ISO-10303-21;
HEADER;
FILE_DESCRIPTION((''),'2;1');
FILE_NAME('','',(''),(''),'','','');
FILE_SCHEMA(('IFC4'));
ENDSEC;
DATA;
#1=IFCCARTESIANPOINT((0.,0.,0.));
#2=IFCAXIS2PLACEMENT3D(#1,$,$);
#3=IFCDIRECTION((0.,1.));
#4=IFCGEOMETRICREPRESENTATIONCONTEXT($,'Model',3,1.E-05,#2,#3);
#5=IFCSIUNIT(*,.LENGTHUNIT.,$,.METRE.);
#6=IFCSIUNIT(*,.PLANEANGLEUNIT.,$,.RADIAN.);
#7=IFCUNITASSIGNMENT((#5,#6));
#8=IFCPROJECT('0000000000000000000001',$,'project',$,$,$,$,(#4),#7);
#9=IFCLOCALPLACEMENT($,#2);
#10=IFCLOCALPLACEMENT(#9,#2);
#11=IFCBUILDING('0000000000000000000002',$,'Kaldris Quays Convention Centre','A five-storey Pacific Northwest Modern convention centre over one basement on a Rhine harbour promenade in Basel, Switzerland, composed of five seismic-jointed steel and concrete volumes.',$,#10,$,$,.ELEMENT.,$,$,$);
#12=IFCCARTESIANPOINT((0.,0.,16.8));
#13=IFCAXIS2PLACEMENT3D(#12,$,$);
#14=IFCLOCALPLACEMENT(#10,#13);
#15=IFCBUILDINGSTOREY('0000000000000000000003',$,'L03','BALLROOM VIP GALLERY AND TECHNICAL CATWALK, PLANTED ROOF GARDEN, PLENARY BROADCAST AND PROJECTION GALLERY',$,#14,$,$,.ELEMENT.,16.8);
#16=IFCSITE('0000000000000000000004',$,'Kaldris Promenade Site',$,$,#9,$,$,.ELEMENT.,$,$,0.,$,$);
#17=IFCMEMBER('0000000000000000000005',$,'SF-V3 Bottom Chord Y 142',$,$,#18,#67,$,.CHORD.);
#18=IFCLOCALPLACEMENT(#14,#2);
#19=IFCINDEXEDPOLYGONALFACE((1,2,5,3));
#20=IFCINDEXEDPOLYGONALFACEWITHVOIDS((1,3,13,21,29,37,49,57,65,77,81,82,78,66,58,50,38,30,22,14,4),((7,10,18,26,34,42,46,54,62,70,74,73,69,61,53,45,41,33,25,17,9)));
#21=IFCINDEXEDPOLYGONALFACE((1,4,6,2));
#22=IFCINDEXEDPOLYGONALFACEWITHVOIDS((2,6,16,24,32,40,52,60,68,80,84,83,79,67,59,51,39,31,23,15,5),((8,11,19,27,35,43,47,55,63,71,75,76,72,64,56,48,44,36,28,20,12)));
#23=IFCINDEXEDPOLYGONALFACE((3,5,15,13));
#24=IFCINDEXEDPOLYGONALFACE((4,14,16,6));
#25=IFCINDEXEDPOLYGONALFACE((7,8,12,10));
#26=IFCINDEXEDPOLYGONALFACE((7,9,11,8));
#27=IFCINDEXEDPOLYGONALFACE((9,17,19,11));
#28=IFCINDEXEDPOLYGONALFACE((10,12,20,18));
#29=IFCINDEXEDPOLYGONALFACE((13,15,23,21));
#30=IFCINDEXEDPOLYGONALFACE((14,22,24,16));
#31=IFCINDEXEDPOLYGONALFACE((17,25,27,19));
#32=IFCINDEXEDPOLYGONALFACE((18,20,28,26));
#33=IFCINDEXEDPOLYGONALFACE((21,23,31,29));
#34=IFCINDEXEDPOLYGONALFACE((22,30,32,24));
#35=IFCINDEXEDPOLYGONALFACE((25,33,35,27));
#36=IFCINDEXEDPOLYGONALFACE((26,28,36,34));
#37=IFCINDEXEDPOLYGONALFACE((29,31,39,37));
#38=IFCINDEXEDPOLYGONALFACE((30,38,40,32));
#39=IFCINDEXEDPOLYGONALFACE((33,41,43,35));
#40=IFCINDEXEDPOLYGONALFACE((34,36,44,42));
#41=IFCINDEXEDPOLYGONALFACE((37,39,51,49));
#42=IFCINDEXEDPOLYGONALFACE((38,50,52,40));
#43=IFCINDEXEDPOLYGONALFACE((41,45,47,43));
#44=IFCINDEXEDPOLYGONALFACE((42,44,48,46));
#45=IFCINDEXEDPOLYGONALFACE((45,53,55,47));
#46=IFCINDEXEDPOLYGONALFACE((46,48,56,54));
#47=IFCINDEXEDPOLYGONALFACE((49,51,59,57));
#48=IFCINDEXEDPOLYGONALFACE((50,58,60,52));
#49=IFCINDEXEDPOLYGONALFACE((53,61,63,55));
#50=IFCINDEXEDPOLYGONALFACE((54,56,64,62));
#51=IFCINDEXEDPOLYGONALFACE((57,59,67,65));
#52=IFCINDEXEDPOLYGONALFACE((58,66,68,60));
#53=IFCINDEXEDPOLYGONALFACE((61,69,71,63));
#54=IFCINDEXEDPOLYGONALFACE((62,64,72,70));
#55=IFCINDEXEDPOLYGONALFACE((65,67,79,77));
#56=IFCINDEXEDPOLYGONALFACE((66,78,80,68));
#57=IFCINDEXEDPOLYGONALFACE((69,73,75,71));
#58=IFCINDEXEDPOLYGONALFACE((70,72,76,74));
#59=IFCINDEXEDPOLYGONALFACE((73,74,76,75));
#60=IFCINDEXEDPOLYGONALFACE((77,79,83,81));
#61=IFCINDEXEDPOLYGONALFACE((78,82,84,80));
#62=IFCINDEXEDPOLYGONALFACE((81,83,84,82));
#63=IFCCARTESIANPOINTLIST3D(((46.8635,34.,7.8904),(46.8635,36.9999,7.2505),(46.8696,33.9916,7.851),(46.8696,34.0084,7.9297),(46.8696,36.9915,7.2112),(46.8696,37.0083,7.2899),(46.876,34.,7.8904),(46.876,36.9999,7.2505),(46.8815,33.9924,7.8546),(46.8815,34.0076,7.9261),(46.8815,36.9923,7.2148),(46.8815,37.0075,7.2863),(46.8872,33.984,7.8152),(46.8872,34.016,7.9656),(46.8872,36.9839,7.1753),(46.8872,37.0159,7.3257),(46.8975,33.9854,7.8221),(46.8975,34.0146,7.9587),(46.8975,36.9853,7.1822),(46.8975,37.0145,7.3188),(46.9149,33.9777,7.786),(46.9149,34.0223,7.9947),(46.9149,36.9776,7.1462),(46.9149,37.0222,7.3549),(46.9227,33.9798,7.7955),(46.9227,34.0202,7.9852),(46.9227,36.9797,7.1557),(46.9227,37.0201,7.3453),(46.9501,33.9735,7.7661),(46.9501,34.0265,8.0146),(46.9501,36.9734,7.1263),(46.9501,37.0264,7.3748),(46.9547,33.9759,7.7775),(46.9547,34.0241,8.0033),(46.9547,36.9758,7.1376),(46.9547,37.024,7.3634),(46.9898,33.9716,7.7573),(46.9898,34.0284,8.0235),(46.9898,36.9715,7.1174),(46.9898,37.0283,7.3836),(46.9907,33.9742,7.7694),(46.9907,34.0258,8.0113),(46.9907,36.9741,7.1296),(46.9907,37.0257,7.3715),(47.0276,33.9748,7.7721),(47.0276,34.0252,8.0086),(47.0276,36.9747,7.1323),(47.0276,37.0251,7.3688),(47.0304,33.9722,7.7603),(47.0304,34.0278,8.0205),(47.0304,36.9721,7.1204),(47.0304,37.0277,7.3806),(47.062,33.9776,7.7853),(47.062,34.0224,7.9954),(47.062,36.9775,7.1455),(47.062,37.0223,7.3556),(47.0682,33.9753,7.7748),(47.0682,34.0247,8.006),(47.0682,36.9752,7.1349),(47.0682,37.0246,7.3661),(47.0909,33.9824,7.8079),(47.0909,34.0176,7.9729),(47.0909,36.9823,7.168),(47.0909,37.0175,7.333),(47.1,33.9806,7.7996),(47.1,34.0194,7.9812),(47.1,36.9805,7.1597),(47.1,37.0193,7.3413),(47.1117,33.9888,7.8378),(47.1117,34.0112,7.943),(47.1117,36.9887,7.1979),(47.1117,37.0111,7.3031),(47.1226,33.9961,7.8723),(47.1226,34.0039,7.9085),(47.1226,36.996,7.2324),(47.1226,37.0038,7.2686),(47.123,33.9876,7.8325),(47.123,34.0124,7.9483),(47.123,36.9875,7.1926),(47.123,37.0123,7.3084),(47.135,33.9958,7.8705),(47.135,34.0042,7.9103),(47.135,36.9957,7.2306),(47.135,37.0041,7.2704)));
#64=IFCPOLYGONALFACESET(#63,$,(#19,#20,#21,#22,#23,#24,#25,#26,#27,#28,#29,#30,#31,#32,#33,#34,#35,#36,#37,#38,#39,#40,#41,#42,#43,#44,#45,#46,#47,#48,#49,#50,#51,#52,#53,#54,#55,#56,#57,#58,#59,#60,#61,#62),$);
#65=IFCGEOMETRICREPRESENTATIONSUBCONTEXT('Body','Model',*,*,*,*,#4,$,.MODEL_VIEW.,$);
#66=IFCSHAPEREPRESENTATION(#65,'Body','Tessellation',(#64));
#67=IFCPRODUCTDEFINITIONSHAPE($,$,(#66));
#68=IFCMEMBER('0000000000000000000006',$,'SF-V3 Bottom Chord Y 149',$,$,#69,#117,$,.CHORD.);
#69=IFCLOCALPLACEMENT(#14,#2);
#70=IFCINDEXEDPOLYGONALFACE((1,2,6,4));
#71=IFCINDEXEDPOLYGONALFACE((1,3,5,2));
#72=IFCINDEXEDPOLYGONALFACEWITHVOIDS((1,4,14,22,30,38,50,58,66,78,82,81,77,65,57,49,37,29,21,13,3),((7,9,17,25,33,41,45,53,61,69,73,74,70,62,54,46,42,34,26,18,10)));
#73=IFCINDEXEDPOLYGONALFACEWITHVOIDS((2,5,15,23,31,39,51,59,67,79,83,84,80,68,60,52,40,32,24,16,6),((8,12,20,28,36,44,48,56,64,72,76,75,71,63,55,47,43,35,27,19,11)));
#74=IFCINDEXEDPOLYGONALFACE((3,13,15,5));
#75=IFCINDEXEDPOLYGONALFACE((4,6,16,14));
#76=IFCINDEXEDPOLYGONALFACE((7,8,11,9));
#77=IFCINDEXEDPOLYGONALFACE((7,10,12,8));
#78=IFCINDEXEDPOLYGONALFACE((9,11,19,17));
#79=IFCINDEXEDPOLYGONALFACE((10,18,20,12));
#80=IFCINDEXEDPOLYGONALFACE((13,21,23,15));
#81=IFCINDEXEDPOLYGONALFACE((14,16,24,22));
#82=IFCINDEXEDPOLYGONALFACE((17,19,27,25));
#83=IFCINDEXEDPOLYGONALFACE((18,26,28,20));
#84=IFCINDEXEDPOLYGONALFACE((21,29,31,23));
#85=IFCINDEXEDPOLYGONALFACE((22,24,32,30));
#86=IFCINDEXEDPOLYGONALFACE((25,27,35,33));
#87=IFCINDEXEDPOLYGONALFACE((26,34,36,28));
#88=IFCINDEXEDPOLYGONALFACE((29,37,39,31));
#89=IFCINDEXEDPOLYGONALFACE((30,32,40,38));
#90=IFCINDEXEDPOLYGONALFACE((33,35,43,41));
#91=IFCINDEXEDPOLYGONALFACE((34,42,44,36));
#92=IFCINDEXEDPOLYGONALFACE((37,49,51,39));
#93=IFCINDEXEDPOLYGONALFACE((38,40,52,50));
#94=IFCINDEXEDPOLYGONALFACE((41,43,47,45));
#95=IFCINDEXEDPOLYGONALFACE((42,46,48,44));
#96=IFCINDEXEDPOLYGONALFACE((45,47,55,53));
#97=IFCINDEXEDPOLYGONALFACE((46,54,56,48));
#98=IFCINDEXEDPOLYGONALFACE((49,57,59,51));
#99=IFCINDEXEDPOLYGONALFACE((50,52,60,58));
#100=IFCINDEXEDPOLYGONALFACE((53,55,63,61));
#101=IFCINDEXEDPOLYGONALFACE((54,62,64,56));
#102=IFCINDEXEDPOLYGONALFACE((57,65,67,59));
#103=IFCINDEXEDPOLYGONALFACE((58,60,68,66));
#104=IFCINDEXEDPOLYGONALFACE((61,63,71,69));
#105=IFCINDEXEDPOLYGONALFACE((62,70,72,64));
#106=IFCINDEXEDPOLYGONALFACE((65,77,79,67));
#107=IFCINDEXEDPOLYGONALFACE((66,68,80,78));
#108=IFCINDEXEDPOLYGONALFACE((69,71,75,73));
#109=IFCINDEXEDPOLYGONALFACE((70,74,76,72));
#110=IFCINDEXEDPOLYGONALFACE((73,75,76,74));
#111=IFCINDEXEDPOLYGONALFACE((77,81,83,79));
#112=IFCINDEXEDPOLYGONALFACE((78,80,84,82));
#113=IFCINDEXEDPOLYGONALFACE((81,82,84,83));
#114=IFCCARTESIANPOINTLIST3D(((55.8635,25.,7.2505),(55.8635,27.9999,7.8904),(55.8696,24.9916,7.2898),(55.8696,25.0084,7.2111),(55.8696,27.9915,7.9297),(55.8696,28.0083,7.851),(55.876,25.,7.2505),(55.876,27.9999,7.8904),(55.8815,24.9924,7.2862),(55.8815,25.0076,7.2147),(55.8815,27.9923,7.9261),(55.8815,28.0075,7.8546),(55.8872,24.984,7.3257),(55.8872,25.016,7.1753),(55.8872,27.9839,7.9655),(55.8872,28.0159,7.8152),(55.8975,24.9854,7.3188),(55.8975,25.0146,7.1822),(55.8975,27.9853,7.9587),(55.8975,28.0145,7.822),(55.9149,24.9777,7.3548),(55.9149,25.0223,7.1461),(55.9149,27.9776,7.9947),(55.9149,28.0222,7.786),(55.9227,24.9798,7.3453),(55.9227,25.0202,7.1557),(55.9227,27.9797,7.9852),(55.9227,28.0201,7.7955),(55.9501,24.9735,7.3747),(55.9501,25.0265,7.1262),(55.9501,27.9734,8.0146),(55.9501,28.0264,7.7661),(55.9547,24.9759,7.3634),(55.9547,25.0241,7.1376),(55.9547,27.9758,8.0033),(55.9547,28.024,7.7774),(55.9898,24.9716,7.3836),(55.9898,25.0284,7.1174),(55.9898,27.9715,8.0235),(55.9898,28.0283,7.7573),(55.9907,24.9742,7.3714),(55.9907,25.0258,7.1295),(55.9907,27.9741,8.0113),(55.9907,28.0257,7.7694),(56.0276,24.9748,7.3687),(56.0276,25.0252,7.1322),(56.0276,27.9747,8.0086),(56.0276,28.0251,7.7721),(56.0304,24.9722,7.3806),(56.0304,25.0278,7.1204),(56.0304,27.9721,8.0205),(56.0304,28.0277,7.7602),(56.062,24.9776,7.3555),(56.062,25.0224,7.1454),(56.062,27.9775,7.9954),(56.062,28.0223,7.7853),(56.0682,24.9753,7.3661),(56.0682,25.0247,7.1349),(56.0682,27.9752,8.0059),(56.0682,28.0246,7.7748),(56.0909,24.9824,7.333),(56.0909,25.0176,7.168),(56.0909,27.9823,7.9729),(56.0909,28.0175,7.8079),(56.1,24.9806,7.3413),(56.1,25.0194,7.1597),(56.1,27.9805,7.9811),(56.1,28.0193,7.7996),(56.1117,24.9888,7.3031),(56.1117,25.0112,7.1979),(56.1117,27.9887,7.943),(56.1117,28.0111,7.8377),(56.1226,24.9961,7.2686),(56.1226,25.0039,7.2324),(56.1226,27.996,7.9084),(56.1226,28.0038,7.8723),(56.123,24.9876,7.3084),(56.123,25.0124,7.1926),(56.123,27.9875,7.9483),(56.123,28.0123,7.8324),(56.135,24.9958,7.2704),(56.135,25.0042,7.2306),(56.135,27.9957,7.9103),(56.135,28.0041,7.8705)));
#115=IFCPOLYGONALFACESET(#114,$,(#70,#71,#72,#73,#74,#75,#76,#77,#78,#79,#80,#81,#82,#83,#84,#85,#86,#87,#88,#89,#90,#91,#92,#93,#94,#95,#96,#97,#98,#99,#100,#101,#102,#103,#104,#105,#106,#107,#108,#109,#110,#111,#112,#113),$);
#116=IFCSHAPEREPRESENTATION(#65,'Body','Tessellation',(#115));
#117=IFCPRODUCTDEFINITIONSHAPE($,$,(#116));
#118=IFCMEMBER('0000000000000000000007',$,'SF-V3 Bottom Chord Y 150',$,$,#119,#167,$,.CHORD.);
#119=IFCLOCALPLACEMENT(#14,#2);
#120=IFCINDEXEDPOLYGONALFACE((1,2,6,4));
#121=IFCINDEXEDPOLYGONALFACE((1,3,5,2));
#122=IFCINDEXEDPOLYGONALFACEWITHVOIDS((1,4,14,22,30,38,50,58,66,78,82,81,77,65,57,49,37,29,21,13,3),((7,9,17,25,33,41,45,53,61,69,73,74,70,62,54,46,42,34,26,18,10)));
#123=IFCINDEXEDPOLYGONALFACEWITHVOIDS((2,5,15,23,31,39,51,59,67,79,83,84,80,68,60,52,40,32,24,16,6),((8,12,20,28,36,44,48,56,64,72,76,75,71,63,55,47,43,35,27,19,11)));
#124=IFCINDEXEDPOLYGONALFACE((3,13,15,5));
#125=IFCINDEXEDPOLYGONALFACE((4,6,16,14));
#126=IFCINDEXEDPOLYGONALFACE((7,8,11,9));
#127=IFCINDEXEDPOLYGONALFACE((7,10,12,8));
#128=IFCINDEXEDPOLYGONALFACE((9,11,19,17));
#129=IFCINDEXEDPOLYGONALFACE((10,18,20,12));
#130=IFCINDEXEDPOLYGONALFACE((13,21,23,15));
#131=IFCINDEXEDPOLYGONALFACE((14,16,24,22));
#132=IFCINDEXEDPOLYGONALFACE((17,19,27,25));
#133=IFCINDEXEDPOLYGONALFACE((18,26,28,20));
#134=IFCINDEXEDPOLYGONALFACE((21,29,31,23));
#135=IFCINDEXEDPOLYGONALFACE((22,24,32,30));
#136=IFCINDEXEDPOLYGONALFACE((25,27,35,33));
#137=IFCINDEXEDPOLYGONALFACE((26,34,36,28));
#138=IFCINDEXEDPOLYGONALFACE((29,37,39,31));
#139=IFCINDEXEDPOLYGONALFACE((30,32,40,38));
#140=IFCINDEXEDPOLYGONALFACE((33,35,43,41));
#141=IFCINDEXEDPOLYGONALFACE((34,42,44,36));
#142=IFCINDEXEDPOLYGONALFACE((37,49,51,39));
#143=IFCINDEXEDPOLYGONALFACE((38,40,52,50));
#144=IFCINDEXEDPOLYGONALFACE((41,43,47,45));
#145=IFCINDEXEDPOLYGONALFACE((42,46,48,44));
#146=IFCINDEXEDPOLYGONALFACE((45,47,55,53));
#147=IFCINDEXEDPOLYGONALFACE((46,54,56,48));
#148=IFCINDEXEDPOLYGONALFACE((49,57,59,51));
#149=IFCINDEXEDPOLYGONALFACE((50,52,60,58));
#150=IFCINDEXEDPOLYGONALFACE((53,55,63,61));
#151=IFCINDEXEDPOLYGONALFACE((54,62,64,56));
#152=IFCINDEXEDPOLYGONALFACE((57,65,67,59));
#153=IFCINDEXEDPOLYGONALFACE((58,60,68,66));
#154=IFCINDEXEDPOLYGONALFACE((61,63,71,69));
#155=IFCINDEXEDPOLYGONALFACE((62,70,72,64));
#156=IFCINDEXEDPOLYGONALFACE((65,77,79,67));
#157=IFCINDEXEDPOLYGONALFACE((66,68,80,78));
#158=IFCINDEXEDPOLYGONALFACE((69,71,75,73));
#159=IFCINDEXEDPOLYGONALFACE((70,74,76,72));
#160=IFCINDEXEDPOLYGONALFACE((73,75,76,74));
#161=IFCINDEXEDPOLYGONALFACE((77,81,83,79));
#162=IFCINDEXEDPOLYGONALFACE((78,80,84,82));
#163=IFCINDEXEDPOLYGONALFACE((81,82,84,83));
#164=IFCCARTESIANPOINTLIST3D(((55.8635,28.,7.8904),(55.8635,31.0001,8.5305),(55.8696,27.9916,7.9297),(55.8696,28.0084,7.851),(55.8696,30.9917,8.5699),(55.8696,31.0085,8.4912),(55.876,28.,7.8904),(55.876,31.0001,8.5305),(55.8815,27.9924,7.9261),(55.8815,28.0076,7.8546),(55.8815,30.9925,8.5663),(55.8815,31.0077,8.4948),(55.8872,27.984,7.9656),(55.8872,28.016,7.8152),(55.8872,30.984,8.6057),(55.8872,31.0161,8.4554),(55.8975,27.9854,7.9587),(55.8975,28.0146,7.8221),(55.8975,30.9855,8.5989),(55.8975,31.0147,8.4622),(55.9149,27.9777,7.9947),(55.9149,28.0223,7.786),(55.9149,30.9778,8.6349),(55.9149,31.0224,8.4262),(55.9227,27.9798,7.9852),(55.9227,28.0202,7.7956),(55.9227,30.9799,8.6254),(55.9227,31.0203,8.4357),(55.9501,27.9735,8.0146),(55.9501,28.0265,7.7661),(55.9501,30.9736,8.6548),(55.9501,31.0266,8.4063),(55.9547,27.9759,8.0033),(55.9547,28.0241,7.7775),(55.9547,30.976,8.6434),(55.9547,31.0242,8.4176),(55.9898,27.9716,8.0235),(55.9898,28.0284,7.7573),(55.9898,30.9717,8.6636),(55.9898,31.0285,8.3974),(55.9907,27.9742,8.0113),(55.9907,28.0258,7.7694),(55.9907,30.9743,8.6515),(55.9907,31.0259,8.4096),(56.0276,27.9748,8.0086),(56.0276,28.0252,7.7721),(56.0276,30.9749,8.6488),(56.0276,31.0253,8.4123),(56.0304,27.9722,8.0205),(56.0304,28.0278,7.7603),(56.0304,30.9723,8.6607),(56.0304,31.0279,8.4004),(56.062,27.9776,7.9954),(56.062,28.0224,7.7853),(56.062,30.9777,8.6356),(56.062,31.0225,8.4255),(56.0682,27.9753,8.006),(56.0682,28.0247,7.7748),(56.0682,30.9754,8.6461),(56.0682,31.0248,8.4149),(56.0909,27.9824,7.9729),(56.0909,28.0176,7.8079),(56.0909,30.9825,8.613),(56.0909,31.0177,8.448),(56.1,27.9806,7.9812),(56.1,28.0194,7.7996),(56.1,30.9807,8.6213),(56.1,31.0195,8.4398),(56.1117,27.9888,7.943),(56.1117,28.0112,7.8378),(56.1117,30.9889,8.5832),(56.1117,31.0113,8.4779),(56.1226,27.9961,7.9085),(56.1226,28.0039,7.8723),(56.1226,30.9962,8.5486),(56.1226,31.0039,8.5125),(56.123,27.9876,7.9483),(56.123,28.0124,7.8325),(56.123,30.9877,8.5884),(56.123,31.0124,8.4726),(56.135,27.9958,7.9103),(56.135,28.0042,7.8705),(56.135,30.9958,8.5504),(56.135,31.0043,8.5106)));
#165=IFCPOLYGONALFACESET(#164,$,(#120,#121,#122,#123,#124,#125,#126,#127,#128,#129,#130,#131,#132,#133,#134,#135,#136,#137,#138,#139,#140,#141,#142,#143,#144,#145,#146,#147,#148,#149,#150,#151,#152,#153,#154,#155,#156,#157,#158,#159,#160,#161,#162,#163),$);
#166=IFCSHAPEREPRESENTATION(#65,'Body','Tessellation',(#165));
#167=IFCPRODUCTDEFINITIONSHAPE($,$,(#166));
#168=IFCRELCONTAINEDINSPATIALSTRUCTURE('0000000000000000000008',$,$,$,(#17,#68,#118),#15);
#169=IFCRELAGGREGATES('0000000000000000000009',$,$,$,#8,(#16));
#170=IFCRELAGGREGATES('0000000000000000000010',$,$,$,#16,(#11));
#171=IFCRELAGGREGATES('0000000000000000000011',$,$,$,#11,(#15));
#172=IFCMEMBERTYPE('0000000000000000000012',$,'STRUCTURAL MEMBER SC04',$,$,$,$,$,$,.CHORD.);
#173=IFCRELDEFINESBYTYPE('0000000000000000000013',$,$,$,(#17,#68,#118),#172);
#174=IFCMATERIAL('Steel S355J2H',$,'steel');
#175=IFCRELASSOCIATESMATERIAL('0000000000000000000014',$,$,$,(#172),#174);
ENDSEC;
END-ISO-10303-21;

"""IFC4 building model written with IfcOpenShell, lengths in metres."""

from ifc_helpers import new_model, si_unit, direction, frame, origin, origin_2d, place, context, subcontext, project, spatial, hollow_circle, extrude, material, material_profile, profile_set, type_object, element, save


model = new_model("IFC4")

# Units and contexts
model_context = context("Model", 3, precision=1e-05, world=origin(), true_north=direction((0.0, 1.0)))
body_context = subcontext(model_context, "Body", "Model", "MODEL_VIEW")
ifc_project = project(units=[si_unit("LENGTHUNIT", "METRE"), si_unit("PLANEANGLEUNIT", "RADIAN")], contexts=[model_context])

# Site, building, storey
site_placement = place(None, origin())
site = spatial("IfcSite", under=ifc_project, at=site_placement, Name="Kaldris Promenade Site", CompositionType="ELEMENT", RefElevation=0.0)
building_placement = place(site_placement, origin())
building = spatial("IfcBuilding", under=site, at=building_placement, Name="Kaldris Quays Convention Centre", Description="A five-storey Pacific Northwest Modern convention centre over one basement on a Rhine harbour promenade in Basel, Switzerland, composed of five seismic-jointed steel and concrete volumes.", CompositionType="ELEMENT")
storey_placement = place(building_placement, frame((0.0, 0.0, 16.8)))
storey = spatial("IfcBuildingStorey", under=building, at=storey_placement, Name="L03", Description="BALLROOM VIP GALLERY AND TECHNICAL CATWALK, PLANTED ROOF GARDEN, PLENARY BROADCAST AND PROJECTION GALLERY", CompositionType="ELEMENT", Elevation=16.8)

# Members
ifc_material_1 = material(Name="Steel S355J2H", Category="steel")
ifc_material_profile_1 = material_profile(ifc_material_1, hollow_circle(Radius=0.1365, WallThickness=0.0125, at=origin_2d()), Name="CHS 273x12.5")
ifc_profile_set_1 = profile_set([ifc_material_profile_1], Name="Steel S355J2H")
member_type_1 = type_object("IfcMemberType", Name="STRUCTURAL MEMBER SC04", PredefinedType="CHORD", material=ifc_profile_set_1)
for number, where, z_axis, x_axis, name in (
    (1, (47.0, 34.0, 7.8904), (0.0, 0.978, -0.208605), (-1.0, 0.0, 0.0), "SF-V3 Bottom Chord Y 142"),
    (2, (56.0, 25.0, 7.2505), (0.0, 0.978, 0.208605), (-1.0, 0.0, 0.0), "SF-V3 Bottom Chord Y 149"),
):
    element("IfcMember", number, at=place(storey_placement, frame(where, z_axis=z_axis, x_axis=x_axis)), inside=storey, type_object=member_type_1, Name=name, PredefinedType="CHORD", context=body_context, shape_type="SweptSolid", body=[
        extrude(hollow_circle(Radius=0.1365, WallThickness=0.0125, at=origin_2d()), origin(), (0.0, 0.0, 1.0), 3.0674),
    ])
for number, where, z_axis, x_axis, name in (
    (3, (56.0, 28.0, 7.8904), (0.0, 0.977984, 0.208681), (-1.0, 0.0, 0.0), "SF-V3 Bottom Chord Y 150"),
):
    element("IfcMember", number, at=place(storey_placement, frame(where, z_axis=z_axis, x_axis=x_axis)), inside=storey, type_object=member_type_1, Name=name, PredefinedType="CHORD", context=body_context, shape_type="SweptSolid", body=[
        extrude(hollow_circle(Radius=0.1365, WallThickness=0.0125, at=origin_2d()), origin(), (0.0, 0.0, 1.0), 3.0676),
    ])

save(model, "model.ifc")
